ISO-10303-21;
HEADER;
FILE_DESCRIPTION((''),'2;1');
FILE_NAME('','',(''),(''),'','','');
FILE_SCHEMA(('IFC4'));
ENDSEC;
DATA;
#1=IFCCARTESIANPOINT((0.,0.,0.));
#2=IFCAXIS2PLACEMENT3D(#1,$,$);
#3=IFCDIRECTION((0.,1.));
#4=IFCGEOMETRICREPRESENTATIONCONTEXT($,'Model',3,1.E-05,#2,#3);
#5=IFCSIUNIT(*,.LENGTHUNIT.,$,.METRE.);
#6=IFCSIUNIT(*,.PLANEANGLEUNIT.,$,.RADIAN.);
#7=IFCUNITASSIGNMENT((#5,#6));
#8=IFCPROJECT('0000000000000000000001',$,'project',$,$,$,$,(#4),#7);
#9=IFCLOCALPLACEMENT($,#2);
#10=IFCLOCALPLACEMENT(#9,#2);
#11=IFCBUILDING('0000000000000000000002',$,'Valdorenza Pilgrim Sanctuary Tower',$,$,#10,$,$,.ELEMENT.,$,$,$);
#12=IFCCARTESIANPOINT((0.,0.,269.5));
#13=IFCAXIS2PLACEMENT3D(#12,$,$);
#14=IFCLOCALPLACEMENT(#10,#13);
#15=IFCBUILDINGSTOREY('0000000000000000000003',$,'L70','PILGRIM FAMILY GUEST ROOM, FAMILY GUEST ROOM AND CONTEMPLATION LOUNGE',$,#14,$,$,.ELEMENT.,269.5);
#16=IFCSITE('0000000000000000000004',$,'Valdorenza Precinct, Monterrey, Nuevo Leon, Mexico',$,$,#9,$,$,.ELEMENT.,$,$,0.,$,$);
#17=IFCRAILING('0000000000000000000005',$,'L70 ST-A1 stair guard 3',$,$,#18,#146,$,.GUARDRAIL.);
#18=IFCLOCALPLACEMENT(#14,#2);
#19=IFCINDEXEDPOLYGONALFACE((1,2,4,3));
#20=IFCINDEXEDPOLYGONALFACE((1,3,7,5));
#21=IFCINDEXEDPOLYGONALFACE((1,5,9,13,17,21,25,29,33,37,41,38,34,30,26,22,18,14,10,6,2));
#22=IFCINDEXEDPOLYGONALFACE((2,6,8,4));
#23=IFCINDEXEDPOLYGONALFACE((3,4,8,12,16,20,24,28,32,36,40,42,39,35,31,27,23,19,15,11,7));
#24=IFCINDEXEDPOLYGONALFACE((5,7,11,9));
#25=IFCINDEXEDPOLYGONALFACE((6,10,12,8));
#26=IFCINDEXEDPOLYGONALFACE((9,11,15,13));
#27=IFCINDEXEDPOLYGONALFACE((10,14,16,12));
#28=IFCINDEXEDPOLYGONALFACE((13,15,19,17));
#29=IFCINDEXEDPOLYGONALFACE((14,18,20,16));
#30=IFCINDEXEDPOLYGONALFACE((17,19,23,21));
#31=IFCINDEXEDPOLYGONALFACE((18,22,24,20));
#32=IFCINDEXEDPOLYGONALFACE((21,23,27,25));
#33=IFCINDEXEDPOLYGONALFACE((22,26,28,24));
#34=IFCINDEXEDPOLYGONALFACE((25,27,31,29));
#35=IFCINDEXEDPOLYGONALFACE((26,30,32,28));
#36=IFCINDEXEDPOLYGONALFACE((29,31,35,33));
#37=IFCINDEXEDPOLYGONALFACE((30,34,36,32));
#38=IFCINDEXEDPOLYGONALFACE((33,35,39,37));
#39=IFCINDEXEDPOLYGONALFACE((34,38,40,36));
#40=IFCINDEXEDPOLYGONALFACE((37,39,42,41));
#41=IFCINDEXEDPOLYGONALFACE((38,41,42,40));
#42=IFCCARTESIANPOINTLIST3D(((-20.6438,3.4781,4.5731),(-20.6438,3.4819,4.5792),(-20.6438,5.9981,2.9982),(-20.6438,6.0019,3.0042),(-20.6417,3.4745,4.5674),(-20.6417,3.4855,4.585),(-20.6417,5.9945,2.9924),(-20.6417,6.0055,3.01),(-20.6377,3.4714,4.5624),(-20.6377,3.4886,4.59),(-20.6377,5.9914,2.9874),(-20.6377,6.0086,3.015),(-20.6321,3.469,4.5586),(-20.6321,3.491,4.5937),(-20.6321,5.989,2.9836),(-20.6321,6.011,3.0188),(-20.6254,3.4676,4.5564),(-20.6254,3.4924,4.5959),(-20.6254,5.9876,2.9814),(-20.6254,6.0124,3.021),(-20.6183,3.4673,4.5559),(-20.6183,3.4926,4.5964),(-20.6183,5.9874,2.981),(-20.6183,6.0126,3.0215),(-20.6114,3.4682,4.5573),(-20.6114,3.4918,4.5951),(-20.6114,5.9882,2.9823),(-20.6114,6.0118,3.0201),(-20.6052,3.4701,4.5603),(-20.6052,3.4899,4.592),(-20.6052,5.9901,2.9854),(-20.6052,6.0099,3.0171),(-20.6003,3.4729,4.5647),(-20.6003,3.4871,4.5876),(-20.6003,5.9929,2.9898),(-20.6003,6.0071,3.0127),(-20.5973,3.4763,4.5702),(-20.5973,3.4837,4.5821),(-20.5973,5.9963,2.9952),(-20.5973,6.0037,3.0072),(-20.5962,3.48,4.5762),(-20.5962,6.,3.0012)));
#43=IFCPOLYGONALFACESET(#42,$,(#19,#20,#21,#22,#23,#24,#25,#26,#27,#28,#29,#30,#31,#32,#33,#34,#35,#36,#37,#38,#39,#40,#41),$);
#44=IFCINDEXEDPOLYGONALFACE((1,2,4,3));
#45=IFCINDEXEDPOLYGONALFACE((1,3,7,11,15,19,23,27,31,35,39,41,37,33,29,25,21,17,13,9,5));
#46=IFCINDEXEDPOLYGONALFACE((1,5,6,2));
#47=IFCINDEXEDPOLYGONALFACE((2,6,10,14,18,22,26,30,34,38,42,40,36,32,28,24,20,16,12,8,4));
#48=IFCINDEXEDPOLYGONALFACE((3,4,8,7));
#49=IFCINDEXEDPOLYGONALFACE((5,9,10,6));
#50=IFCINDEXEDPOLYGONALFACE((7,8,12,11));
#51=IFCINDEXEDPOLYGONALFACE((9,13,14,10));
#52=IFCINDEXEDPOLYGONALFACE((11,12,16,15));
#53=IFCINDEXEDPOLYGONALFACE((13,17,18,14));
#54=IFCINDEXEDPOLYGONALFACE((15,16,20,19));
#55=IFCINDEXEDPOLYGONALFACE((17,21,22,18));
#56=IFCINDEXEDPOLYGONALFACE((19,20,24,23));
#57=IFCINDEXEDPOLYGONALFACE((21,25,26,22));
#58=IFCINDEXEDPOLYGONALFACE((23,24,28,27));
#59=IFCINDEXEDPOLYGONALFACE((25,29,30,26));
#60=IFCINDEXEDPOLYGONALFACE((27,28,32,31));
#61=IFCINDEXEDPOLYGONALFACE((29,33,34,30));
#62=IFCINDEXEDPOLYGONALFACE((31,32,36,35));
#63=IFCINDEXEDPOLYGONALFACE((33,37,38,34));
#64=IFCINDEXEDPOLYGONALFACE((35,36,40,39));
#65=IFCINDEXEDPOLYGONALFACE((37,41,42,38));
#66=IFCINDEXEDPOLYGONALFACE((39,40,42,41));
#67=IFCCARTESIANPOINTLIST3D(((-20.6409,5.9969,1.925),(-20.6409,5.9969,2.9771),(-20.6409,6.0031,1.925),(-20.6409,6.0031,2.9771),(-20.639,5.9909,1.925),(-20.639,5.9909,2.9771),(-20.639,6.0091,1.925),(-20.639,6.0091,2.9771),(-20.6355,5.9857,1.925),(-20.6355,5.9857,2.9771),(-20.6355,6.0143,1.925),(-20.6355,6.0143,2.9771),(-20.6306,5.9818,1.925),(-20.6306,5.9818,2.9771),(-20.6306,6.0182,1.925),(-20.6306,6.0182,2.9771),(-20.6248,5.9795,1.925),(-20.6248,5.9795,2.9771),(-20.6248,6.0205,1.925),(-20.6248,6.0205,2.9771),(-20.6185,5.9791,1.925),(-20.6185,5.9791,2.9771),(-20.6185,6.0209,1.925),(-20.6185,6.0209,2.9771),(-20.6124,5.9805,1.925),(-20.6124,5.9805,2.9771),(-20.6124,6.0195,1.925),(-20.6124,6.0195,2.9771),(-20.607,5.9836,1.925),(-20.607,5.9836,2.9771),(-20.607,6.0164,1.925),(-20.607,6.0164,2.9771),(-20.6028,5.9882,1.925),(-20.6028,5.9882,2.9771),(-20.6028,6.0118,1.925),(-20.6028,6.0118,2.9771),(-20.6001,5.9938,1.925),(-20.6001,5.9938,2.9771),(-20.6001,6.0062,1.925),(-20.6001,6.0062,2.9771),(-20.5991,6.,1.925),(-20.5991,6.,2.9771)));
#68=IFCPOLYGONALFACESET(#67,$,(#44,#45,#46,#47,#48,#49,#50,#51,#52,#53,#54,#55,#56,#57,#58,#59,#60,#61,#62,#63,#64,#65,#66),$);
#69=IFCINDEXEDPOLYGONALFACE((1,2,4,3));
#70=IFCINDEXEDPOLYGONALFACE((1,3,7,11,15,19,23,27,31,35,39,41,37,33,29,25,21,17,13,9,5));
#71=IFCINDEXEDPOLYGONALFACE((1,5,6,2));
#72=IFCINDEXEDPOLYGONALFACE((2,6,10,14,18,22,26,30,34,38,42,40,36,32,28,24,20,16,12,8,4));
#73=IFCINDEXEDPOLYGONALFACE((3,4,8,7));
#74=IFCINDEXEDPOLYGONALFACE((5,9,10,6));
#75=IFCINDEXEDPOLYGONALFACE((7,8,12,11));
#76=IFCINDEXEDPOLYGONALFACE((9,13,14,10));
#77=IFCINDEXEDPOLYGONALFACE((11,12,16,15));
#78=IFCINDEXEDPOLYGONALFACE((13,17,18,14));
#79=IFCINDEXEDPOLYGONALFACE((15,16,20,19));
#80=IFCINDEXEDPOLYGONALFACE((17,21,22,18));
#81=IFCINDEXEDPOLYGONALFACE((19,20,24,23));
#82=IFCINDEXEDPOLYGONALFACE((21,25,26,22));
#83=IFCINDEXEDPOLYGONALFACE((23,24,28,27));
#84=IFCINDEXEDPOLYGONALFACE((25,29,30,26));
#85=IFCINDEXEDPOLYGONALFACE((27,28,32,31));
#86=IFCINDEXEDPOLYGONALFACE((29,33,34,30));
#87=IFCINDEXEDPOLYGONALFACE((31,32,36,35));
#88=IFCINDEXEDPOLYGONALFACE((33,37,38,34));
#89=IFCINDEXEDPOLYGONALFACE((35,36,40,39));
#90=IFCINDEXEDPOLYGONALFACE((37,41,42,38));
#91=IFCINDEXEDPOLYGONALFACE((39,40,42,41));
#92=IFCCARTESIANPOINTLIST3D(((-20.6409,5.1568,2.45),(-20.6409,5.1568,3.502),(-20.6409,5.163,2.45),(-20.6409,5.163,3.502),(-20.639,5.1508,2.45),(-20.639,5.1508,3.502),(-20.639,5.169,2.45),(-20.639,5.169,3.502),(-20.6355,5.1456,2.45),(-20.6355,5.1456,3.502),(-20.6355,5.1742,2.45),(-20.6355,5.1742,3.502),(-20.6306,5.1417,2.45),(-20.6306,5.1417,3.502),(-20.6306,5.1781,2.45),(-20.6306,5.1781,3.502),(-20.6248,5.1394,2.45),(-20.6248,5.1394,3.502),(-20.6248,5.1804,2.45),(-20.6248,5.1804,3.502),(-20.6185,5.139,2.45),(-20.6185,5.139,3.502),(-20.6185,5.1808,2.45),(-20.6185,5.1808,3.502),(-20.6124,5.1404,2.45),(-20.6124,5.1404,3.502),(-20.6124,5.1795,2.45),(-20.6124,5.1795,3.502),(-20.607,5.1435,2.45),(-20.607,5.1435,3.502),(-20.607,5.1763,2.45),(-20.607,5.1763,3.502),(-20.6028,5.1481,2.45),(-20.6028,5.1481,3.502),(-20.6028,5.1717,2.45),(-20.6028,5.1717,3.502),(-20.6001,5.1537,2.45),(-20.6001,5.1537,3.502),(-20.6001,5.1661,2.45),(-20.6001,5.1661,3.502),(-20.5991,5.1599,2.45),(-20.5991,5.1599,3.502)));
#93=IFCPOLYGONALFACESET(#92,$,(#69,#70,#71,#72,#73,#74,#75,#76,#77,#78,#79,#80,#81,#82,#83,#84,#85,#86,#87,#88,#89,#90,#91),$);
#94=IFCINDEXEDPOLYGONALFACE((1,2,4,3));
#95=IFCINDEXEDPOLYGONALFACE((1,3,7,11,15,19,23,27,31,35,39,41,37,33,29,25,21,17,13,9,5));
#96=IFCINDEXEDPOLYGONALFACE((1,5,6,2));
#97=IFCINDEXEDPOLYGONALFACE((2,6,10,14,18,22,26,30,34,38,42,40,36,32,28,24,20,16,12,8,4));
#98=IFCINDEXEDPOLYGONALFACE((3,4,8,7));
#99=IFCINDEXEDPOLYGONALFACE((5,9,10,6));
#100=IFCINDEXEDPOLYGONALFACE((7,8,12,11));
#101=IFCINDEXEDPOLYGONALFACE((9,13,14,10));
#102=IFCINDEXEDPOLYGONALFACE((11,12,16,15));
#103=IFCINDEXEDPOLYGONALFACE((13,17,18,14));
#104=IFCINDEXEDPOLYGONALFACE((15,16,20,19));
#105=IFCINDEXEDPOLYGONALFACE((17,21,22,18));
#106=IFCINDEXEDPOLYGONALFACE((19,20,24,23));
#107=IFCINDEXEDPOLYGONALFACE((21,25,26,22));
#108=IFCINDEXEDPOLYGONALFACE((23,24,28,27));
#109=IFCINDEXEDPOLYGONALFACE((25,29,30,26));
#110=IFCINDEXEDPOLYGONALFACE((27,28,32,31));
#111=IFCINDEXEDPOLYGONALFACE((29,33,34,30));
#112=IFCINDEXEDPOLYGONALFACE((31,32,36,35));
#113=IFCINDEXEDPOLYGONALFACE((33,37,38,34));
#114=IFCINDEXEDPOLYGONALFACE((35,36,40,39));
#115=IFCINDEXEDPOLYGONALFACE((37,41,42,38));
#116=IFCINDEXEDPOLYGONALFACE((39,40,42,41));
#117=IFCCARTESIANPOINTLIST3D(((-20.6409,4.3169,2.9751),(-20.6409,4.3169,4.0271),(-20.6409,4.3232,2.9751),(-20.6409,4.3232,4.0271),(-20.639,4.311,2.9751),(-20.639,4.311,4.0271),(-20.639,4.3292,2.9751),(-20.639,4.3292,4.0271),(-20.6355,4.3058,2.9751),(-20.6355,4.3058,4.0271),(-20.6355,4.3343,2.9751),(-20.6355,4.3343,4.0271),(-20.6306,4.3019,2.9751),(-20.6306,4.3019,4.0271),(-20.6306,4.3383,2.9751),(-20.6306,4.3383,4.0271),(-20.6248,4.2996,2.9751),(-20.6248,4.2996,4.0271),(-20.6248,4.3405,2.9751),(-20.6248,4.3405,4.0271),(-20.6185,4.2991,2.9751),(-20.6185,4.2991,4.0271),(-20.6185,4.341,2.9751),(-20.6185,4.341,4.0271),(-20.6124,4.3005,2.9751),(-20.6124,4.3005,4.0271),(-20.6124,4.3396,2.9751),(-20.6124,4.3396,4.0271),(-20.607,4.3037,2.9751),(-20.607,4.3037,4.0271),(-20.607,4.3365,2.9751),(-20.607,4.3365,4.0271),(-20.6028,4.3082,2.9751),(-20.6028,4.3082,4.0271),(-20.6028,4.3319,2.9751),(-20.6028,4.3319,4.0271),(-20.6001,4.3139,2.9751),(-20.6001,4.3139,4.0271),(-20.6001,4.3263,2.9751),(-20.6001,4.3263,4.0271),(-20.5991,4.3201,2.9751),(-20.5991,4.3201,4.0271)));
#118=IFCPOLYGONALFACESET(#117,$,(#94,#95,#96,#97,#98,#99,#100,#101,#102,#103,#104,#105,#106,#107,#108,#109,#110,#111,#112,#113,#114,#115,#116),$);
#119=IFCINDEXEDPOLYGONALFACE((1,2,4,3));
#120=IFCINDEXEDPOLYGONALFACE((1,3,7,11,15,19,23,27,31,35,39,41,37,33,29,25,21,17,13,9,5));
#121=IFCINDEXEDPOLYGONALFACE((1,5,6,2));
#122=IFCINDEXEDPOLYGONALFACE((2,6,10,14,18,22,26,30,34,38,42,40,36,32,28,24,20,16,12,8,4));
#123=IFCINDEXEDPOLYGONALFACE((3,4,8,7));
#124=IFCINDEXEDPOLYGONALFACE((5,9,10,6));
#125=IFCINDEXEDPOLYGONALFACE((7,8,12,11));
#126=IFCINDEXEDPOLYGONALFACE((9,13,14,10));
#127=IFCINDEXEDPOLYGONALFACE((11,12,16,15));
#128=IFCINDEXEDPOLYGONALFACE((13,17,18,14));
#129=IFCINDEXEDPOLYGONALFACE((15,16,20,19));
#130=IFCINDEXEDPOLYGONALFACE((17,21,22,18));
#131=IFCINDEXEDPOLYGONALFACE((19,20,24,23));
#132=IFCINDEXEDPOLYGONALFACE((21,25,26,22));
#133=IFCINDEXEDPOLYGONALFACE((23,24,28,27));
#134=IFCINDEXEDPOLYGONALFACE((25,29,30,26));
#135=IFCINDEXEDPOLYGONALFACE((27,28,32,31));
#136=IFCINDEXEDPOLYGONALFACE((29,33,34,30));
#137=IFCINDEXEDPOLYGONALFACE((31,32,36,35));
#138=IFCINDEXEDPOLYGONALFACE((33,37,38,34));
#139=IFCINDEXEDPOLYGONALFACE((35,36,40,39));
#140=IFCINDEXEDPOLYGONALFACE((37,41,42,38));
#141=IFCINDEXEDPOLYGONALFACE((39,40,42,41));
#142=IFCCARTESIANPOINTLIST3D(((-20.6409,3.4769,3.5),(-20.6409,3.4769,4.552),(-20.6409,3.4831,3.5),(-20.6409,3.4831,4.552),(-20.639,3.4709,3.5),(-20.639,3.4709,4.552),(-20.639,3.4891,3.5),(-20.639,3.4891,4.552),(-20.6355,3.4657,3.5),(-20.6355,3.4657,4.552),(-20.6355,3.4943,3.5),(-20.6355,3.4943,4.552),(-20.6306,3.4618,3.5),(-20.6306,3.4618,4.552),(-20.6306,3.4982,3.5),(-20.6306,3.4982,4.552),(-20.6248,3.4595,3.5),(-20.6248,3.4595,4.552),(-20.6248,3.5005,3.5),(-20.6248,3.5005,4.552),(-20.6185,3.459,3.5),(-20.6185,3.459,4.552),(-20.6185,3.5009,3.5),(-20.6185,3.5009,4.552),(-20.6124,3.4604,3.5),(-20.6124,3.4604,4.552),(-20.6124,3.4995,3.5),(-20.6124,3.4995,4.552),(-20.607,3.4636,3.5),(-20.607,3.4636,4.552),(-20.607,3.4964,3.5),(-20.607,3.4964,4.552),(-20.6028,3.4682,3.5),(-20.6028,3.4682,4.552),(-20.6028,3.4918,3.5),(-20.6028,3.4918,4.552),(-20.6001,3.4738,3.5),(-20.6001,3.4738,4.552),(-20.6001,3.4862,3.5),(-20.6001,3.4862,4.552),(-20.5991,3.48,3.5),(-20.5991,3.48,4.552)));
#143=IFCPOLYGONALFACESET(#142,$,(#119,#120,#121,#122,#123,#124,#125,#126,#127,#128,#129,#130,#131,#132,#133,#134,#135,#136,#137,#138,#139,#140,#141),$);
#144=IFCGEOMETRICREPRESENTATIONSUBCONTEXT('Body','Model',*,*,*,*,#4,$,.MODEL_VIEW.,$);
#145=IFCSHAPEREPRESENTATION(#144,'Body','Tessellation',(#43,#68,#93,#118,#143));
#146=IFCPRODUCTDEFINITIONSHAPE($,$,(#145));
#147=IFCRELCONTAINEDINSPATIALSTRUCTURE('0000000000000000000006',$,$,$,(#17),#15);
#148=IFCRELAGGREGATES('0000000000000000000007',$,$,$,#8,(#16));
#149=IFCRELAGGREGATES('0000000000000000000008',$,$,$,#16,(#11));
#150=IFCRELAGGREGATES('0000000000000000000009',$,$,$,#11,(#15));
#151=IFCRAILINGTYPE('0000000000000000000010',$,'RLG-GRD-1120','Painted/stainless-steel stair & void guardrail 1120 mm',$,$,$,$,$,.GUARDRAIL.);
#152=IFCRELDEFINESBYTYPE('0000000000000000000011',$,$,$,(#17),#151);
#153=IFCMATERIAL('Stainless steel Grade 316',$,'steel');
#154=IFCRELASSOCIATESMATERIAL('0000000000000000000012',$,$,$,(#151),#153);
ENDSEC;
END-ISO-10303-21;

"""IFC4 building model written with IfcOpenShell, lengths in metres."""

from ifc_helpers import new_model, si_unit, direction, frame, origin, origin_2d, place, context, subcontext, project, spatial, circle, extrude, material, type_object, element, save


model = new_model("IFC4")

# Units and contexts
model_context = context("Model", 3, precision=1e-05, world=origin(), true_north=direction((0.0, 1.0)))
body_context = subcontext(model_context, "Body", "Model", "MODEL_VIEW")
ifc_project = project(units=[si_unit("LENGTHUNIT", "METRE"), si_unit("PLANEANGLEUNIT", "RADIAN")], contexts=[model_context])

# Site, building, storey
site_placement = place(None, origin())
site = spatial("IfcSite", under=ifc_project, at=site_placement, Name="Valdorenza Precinct, Monterrey, Nuevo Leon, Mexico", CompositionType="ELEMENT", RefElevation=0.0)
building_placement = place(site_placement, origin())
building = spatial("IfcBuilding", under=site, at=building_placement, Name="Valdorenza Pilgrim Sanctuary Tower", CompositionType="ELEMENT")
storey_placement = place(building_placement, frame((0.0, 0.0, 269.5)))
storey = spatial("IfcBuildingStorey", under=building, at=storey_placement, Name="L70", Description="PILGRIM FAMILY GUEST ROOM, FAMILY GUEST ROOM AND CONTEMPLATION LOUNGE", CompositionType="ELEMENT", Elevation=269.5)

# Railing
ifc_material_1 = material(Name="Stainless steel Grade 316", Category="steel")
railing_type_1 = type_object("IfcRailingType", Name="RLG-GRD-1120", Description="Painted/stainless-steel stair & void guardrail 1120 mm", PredefinedType="GUARDRAIL", material=ifc_material_1)
railing_1_placement = place(storey_placement, frame((-20.6201, 6.0, 1.925)))
element("IfcRailing", 1, at=railing_1_placement, inside=storey, type_object=railing_type_1, Name="L70 ST-A1 stair guard 3", PredefinedType="GUARDRAIL", context=body_context, shape_type="SweptSolid", body=[
    extrude(circle(Radius=0.0239, at=origin_2d()), frame((0.0, 0.0, 1.0762), z_axis=(0.0, -0.848008, 0.529984), x_axis=(1.0, 0.0, 0.0)), (0.0, 0.0, 1.0), 2.9717),
    extrude(circle(Radius=0.021, at=origin_2d()), origin(), (0.0, 0.0, 1.0), 1.052),
    extrude(circle(Radius=0.021, at=origin_2d()), frame((0.0, -0.8401, 0.5249)), (0.0, 0.0, 1.0), 1.052),
    extrude(circle(Radius=0.021, at=origin_2d()), frame((0.0, -1.6799, 1.05)), (0.0, 0.0, 1.0), 1.052),
    extrude(circle(Radius=0.021, at=origin_2d()), frame((0.0, -2.52, 1.575)), (0.0, 0.0, 1.0), 1.052),
])

save(model, "model.ifc")
